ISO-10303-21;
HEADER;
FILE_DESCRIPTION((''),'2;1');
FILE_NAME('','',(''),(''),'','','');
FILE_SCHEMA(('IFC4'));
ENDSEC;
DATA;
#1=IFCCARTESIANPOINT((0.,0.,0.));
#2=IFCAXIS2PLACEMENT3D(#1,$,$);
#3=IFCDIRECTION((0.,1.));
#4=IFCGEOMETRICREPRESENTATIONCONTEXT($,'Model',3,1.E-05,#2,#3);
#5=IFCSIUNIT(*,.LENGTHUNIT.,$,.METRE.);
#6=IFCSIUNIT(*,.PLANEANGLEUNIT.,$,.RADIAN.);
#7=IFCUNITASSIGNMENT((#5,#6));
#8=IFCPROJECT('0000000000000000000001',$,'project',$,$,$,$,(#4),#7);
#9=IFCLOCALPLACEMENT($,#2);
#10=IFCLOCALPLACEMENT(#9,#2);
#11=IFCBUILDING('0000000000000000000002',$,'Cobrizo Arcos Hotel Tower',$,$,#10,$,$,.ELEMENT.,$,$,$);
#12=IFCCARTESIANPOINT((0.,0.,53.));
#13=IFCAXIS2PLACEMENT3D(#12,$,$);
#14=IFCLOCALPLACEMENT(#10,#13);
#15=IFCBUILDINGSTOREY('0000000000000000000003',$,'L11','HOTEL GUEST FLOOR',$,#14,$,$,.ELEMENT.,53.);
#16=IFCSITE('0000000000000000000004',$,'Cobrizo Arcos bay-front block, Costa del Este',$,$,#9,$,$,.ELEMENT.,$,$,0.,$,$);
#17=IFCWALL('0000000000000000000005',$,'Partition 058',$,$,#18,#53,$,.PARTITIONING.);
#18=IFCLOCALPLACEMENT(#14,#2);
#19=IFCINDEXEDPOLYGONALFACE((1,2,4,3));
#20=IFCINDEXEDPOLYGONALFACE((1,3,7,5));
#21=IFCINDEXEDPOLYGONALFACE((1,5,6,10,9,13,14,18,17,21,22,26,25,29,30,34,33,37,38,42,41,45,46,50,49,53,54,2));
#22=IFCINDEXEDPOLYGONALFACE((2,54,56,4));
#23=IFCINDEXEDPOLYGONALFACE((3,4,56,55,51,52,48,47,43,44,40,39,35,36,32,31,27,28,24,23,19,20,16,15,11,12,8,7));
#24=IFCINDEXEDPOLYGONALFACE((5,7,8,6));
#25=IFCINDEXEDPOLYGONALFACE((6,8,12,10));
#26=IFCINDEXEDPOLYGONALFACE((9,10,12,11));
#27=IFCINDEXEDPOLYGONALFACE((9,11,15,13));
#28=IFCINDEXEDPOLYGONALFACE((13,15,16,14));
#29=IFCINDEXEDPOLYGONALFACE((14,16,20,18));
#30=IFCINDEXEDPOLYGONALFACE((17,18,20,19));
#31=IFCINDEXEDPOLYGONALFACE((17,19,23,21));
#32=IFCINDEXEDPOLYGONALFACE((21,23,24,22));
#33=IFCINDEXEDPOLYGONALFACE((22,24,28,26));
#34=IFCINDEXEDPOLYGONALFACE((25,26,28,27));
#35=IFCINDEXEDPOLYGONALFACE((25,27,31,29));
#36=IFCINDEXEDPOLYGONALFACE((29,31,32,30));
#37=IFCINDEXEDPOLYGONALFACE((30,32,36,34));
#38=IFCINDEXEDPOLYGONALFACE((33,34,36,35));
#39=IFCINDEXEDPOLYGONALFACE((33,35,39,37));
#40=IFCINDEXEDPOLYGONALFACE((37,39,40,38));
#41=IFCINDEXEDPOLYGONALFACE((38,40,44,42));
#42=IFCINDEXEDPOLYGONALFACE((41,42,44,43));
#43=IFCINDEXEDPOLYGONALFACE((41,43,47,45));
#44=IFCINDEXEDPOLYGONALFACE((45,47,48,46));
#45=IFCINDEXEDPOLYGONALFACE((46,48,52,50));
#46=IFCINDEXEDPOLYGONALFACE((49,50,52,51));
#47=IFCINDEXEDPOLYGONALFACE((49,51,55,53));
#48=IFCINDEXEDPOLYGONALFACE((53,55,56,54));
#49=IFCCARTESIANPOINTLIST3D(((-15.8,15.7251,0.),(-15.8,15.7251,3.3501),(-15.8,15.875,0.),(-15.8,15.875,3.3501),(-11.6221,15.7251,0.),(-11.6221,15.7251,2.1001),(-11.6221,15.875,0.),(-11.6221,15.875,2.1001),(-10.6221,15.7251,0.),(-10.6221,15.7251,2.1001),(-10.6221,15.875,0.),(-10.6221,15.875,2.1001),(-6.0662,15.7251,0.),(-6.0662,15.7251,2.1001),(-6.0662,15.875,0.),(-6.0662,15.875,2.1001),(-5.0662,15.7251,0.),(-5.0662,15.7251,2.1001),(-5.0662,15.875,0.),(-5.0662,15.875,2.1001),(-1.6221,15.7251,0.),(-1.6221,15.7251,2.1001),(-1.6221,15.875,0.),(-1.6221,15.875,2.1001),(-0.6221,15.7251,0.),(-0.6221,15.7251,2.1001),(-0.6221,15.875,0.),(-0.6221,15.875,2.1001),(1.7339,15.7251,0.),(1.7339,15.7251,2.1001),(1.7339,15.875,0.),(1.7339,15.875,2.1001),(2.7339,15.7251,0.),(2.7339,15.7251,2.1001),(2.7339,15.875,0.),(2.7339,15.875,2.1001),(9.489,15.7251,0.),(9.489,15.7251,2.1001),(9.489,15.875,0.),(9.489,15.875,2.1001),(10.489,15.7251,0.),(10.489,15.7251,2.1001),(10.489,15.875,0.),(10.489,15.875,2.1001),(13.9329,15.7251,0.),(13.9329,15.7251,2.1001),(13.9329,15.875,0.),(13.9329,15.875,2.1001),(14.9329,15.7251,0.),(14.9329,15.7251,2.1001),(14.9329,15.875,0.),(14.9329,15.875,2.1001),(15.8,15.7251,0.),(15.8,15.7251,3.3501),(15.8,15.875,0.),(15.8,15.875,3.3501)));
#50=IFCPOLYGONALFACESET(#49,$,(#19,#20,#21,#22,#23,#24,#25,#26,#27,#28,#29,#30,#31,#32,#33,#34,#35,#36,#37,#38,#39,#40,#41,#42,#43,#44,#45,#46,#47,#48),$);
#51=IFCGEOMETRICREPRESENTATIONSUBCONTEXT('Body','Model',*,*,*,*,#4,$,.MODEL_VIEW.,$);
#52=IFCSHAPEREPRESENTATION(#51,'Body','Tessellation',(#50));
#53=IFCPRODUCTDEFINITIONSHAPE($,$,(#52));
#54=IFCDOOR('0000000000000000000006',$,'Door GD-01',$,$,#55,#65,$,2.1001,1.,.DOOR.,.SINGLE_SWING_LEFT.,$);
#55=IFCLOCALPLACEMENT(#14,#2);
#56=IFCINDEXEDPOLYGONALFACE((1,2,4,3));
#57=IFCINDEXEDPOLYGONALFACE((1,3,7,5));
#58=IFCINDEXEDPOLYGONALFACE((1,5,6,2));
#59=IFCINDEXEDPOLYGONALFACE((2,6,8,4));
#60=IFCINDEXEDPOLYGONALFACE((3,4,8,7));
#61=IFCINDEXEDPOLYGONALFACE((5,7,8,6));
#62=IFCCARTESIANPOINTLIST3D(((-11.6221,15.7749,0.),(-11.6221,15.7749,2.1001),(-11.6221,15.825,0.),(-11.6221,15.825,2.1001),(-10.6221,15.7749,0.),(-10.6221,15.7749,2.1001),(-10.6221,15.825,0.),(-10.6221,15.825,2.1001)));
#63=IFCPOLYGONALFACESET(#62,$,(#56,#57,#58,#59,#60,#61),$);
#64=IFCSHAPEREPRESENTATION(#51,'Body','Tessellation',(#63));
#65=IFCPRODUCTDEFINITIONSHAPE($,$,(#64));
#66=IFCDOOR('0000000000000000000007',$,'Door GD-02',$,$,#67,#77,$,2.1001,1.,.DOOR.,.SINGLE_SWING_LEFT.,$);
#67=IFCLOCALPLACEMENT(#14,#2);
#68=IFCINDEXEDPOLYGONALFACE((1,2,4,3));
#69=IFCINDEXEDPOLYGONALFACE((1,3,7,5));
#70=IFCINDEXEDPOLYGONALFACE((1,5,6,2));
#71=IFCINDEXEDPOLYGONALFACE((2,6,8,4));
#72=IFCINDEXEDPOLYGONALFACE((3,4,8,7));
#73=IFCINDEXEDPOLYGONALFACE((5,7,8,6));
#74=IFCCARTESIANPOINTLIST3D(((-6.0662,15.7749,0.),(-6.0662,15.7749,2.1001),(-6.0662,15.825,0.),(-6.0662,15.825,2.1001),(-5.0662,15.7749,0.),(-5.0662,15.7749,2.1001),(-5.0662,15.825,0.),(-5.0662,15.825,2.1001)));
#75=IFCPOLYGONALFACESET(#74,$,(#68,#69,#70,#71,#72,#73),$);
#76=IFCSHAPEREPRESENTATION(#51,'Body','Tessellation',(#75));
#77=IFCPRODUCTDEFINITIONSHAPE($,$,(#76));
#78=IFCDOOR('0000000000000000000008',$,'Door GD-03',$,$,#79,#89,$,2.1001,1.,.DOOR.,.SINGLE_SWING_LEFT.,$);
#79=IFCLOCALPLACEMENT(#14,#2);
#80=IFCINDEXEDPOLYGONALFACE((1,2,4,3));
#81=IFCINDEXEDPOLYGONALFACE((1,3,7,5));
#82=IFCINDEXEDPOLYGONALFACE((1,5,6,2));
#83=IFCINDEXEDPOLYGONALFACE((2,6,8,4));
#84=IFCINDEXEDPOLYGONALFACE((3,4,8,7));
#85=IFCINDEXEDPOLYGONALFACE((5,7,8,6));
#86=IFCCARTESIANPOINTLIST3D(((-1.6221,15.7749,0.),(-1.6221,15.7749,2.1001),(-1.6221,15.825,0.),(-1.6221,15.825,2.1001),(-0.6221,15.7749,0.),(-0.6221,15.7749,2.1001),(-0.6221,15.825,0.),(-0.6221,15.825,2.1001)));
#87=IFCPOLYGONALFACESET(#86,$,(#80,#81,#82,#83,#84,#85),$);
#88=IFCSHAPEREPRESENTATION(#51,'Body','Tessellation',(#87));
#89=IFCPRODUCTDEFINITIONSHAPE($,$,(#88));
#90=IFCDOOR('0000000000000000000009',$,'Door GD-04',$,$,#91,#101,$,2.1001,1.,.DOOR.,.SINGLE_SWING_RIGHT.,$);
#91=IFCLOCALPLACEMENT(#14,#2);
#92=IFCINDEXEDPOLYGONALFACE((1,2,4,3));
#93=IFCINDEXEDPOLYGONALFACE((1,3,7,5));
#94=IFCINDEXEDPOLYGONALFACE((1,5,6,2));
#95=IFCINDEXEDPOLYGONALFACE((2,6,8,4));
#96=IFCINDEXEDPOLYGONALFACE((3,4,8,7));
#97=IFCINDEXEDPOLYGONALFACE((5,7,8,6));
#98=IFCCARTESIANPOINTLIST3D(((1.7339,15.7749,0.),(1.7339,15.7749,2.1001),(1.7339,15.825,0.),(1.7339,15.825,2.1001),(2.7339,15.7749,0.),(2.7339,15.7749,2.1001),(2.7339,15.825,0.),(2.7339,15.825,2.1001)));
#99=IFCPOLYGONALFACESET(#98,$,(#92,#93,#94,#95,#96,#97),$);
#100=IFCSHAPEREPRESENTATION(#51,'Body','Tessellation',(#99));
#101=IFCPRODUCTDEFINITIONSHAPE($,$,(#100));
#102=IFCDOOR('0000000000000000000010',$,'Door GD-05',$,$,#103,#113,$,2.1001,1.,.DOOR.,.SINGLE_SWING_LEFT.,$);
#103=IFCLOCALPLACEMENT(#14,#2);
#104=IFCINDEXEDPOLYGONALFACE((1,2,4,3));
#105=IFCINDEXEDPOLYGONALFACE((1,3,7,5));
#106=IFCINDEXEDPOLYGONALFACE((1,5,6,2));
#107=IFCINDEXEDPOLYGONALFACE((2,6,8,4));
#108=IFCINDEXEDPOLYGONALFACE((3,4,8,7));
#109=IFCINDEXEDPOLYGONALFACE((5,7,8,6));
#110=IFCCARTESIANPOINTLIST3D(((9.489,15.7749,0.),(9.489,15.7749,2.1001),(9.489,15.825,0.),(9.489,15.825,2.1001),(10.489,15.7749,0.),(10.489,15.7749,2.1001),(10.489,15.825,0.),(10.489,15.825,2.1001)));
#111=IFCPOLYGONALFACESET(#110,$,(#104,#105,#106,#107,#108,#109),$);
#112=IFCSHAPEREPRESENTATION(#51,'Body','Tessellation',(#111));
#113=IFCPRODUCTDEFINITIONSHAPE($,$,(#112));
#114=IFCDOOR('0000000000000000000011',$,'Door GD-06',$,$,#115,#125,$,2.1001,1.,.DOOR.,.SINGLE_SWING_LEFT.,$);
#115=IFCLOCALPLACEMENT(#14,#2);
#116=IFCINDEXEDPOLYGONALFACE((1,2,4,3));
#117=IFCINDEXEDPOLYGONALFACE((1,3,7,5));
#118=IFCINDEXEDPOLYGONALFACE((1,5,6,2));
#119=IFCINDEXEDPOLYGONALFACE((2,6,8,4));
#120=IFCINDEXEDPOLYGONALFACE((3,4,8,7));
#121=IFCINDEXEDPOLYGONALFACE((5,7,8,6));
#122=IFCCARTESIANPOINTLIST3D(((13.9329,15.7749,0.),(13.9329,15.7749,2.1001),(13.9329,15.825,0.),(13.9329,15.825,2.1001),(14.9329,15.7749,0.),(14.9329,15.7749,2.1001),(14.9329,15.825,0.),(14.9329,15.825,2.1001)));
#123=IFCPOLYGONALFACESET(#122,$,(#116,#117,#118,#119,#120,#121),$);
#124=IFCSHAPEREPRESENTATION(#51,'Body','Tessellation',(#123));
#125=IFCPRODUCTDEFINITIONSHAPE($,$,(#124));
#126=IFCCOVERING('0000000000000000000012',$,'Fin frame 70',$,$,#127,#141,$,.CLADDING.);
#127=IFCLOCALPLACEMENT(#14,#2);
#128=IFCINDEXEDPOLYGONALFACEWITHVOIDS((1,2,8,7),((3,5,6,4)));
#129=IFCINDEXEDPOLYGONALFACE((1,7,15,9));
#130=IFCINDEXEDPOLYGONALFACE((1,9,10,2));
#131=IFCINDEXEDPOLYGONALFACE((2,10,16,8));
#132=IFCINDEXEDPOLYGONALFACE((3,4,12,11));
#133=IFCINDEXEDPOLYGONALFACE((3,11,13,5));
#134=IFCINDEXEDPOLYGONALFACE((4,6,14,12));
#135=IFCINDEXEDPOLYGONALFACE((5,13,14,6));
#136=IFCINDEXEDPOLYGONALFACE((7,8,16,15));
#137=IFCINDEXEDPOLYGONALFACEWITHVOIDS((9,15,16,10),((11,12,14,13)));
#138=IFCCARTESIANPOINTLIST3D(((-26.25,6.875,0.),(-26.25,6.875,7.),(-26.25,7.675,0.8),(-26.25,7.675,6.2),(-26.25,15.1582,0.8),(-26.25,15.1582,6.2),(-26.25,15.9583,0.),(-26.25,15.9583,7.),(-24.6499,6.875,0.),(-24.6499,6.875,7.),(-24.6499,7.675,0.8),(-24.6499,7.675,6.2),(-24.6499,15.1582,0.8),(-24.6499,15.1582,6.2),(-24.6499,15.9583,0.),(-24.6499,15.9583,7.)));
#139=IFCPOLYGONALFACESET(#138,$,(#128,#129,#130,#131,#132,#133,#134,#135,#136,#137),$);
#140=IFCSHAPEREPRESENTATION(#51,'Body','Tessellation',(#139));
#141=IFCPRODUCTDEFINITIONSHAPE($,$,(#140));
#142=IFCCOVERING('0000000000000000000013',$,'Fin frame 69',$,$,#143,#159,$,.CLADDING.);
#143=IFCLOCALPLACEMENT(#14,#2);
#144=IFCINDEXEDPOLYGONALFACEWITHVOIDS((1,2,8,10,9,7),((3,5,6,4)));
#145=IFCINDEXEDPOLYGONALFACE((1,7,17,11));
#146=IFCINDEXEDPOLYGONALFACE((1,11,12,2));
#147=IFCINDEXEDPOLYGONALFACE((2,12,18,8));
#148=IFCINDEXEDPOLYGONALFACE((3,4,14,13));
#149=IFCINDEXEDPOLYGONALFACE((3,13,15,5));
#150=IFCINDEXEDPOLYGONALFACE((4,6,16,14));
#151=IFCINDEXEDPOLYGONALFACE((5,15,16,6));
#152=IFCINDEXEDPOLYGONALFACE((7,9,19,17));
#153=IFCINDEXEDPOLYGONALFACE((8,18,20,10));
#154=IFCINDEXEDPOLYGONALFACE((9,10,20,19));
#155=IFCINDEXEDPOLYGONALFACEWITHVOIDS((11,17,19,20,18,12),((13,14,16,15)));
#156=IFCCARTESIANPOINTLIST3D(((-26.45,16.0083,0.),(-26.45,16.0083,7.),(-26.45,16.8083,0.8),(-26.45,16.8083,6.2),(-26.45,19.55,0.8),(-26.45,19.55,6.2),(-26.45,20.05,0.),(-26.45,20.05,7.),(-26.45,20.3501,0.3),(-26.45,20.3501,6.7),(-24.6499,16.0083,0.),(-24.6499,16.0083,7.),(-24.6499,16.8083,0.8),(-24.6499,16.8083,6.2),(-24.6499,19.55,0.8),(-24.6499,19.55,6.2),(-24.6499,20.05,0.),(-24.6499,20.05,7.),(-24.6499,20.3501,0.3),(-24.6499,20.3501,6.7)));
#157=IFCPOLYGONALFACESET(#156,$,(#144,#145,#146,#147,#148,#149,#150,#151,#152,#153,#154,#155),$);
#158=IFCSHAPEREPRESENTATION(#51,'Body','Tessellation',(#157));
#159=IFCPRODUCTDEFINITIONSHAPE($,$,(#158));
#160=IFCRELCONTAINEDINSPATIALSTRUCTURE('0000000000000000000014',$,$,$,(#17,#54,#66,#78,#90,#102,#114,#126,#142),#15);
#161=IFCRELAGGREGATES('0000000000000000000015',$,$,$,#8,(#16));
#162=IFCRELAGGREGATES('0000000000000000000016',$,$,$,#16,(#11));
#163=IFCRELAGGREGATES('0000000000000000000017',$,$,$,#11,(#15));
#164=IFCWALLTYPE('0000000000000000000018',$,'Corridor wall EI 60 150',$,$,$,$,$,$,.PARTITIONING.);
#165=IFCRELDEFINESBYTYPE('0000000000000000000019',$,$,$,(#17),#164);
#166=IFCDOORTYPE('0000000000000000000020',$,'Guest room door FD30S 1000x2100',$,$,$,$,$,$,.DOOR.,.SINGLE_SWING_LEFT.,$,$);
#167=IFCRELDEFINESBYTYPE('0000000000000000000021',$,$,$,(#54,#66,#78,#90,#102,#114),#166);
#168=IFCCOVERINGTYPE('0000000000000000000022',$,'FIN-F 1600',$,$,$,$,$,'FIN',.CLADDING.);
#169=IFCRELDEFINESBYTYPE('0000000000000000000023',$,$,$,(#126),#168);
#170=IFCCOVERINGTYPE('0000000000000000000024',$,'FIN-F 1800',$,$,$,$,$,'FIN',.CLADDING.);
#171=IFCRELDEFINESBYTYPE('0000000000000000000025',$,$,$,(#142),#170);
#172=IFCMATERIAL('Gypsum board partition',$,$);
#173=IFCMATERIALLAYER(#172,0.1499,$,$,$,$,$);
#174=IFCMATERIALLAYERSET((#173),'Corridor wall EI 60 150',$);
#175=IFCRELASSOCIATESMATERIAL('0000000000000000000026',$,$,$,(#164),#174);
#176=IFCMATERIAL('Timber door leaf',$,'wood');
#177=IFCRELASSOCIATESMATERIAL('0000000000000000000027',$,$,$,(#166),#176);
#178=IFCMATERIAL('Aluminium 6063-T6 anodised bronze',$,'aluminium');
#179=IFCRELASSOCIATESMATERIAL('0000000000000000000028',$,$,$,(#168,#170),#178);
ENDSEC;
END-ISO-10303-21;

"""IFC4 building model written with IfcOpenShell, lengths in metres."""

from ifc_helpers import new_model, si_unit, direction, frame, frame_2d, origin, place, context, subcontext, project, spatial, polyline, rectangle, outline, extrude, material, layer, layer_set, type_object, element, fill, save


model = new_model("IFC4")

# Units and contexts
model_context = context("Model", 3, precision=1e-05, world=origin(), true_north=direction((0.0, 1.0)))
body_context = subcontext(model_context, "Body", "Model", "MODEL_VIEW")
ifc_project = project(units=[si_unit("LENGTHUNIT", "METRE"), si_unit("PLANEANGLEUNIT", "RADIAN")], contexts=[model_context])

# Site, building, storey
site_placement = place(None, origin())
site = spatial("IfcSite", under=ifc_project, at=site_placement, Name="Cobrizo Arcos bay-front block, Costa del Este", CompositionType="ELEMENT", RefElevation=0.0)
building_placement = place(site_placement, origin())
building = spatial("IfcBuilding", under=site, at=building_placement, Name="Cobrizo Arcos Hotel Tower", CompositionType="ELEMENT")
storey_placement = place(building_placement, frame((0.0, 0.0, 53.0)))
storey = spatial("IfcBuildingStorey", under=building, at=storey_placement, Name="L11", Description="HOTEL GUEST FLOOR", CompositionType="ELEMENT", Elevation=53.0)

# Shared definitions
ifc_material_1 = material(Name="Aluminium 6063-T6 anodised bronze", Category="aluminium")

# Wall, openings, doors
ifc_material_2 = material(Name="Gypsum board partition")
ifc_layer_1 = layer(ifc_material_2, 0.1499)
ifc_layer_set_1 = layer_set([ifc_layer_1], Name="Corridor wall EI 60 150")
wall_type = type_object("IfcWallType", Name="Corridor wall EI 60 150", PredefinedType="PARTITIONING", material=ifc_layer_set_1)
wall_placement = place(storey_placement, frame((-15.8, 15.8, 0.0), z_axis=(0.0, 0.0, 1.0), x_axis=(1.0, 0.0, 0.0)))
wall = element("IfcWall", 1, at=wall_placement, inside=storey, type_object=wall_type, Name="Partition 058", PredefinedType="PARTITIONING", context=body_context, shape_type="SweptSolid", body=[
    extrude(rectangle(XDim=31.6001, YDim=0.1499, at=frame_2d((15.8, 0.0))), origin(), (0.0, 0.0, 1.0), 3.3501),
])
opening_1_placement = place(wall_placement, frame((4.178, 0.0, 0.0)))
opening_1 = element("IfcOpeningElement", 2, at=opening_1_placement, cuts=wall, PredefinedType="OPENING", context=body_context, shape_type="SweptSolid", body=[
    extrude(rectangle(XDim=1.0, YDim=2.1001, at=frame_2d((0.5, 1.05))), frame((0.0, 0.0869, 0.0), z_axis=(0.0, -1.0, 0.0), x_axis=(1.0, 0.0, 0.0)), (0.0, 0.0, 1.0), 0.1738),
])
opening_2_placement = place(wall_placement, frame((9.7339, 0.0, 0.0)))
opening_2 = element("IfcOpeningElement", 3, at=opening_2_placement, cuts=wall, PredefinedType="OPENING", context=body_context, shape_type="SweptSolid", body=[
    extrude(rectangle(XDim=1.0, YDim=2.1001, at=frame_2d((0.5, 1.05))), frame((0.0, 0.0869, 0.0), z_axis=(0.0, -1.0, 0.0), x_axis=(1.0, 0.0, 0.0)), (0.0, 0.0, 1.0), 0.1738),
])
opening_3_placement = place(wall_placement, frame((14.178, 0.0, 0.0)))
opening_3 = element("IfcOpeningElement", 4, at=opening_3_placement, cuts=wall, PredefinedType="OPENING", context=body_context, shape_type="SweptSolid", body=[
    extrude(rectangle(XDim=1.0, YDim=2.1001, at=frame_2d((0.5, 1.05))), frame((0.0, 0.0869, 0.0), z_axis=(0.0, -1.0, 0.0), x_axis=(1.0, 0.0, 0.0)), (0.0, 0.0, 1.0), 0.1738),
])
opening_4_placement = place(wall_placement, frame((17.5339, 0.0, 0.0)))
opening_4 = element("IfcOpeningElement", 5, at=opening_4_placement, cuts=wall, PredefinedType="OPENING", context=body_context, shape_type="SweptSolid", body=[
    extrude(rectangle(XDim=1.0, YDim=2.1001, at=frame_2d((0.5, 1.05))), frame((0.0, 0.0869, 0.0), z_axis=(0.0, -1.0, 0.0), x_axis=(1.0, 0.0, 0.0)), (0.0, 0.0, 1.0), 0.1738),
])
opening_5_placement = place(wall_placement, frame((25.2891, 0.0, 0.0)))
opening_5 = element("IfcOpeningElement", 6, at=opening_5_placement, cuts=wall, PredefinedType="OPENING", context=body_context, shape_type="SweptSolid", body=[
    extrude(rectangle(XDim=1.0, YDim=2.1001, at=frame_2d((0.5, 1.05))), frame((0.0, 0.0869, 0.0), z_axis=(0.0, -1.0, 0.0), x_axis=(1.0, 0.0, 0.0)), (0.0, 0.0, 1.0), 0.1738),
])
opening_6_placement = place(wall_placement, frame((29.7329, 0.0, 0.0)))
opening_6 = element("IfcOpeningElement", 7, at=opening_6_placement, cuts=wall, PredefinedType="OPENING", context=body_context, shape_type="SweptSolid", body=[
    extrude(rectangle(XDim=1.0, YDim=2.1001, at=frame_2d((0.5, 1.05))), frame((0.0, 0.0869, 0.0), z_axis=(0.0, -1.0, 0.0), x_axis=(1.0, 0.0, 0.0)), (0.0, 0.0, 1.0), 0.1738),
])
ifc_material_3 = material(Name="Timber door leaf", Category="wood")
door_type = type_object("IfcDoorType", Name="Guest room door FD30S 1000x2100", OperationType="SINGLE_SWING_LEFT", PredefinedType="DOOR", material=ifc_material_3)
door_1_placement = place(opening_1_placement, origin())
door_1 = element("IfcDoor", 8, at=door_1_placement, inside=storey, type_object=door_type, Name="Door GD-01", OperationType="SINGLE_SWING_LEFT", OverallHeight=2.1001, OverallWidth=1.0, PredefinedType="DOOR", context=body_context, shape_type="SweptSolid", body=[
    extrude(rectangle(XDim=1.0, YDim=2.1001, at=frame_2d((0.5, 1.05))), frame((0.0, 0.0249, 0.0), z_axis=(0.0, -1.0, 0.0), x_axis=(1.0, 0.0, 0.0)), (0.0, 0.0, 1.0), 0.05),
])
fill(opening_1, door_1)
door_2_placement = place(opening_2_placement, origin())
door_2 = element("IfcDoor", 9, at=door_2_placement, inside=storey, type_object=door_type, Name="Door GD-02", OperationType="SINGLE_SWING_LEFT", OverallHeight=2.1001, OverallWidth=1.0, PredefinedType="DOOR", context=body_context, shape_type="SweptSolid", body=[
    extrude(rectangle(XDim=1.0, YDim=2.1001, at=frame_2d((0.5, 1.05))), frame((0.0, 0.0249, 0.0), z_axis=(0.0, -1.0, 0.0), x_axis=(1.0, 0.0, 0.0)), (0.0, 0.0, 1.0), 0.05),
])
fill(opening_2, door_2)
door_3_placement = place(opening_3_placement, origin())
door_3 = element("IfcDoor", 10, at=door_3_placement, inside=storey, type_object=door_type, Name="Door GD-03", OperationType="SINGLE_SWING_LEFT", OverallHeight=2.1001, OverallWidth=1.0, PredefinedType="DOOR", context=body_context, shape_type="SweptSolid", body=[
    extrude(rectangle(XDim=1.0, YDim=2.1001, at=frame_2d((0.5, 1.05))), frame((0.0, 0.0249, 0.0), z_axis=(0.0, -1.0, 0.0), x_axis=(1.0, 0.0, 0.0)), (0.0, 0.0, 1.0), 0.05),
])
fill(opening_3, door_3)
door_4_placement = place(opening_4_placement, origin())
door_4 = element("IfcDoor", 11, at=door_4_placement, inside=storey, type_object=door_type, Name="Door GD-04", OperationType="SINGLE_SWING_RIGHT", OverallHeight=2.1001, OverallWidth=1.0, PredefinedType="DOOR", context=body_context, shape_type="SweptSolid", body=[
    extrude(rectangle(XDim=1.0, YDim=2.1001, at=frame_2d((0.5, 1.05))), frame((0.0, 0.0249, 0.0), z_axis=(0.0, -1.0, 0.0), x_axis=(1.0, 0.0, 0.0)), (0.0, 0.0, 1.0), 0.05),
])
fill(opening_4, door_4)
door_5_placement = place(opening_5_placement, origin())
door_5 = element("IfcDoor", 12, at=door_5_placement, inside=storey, type_object=door_type, Name="Door GD-05", OperationType="SINGLE_SWING_LEFT", OverallHeight=2.1001, OverallWidth=1.0, PredefinedType="DOOR", context=body_context, shape_type="SweptSolid", body=[
    extrude(rectangle(XDim=1.0, YDim=2.1001, at=frame_2d((0.5, 1.05))), frame((0.0, 0.0249, 0.0), z_axis=(0.0, -1.0, 0.0), x_axis=(1.0, 0.0, 0.0)), (0.0, 0.0, 1.0), 0.05),
])
fill(opening_5, door_5)
door_6_placement = place(opening_6_placement, origin())
door_6 = element("IfcDoor", 13, at=door_6_placement, inside=storey, type_object=door_type, Name="Door GD-06", OperationType="SINGLE_SWING_LEFT", OverallHeight=2.1001, OverallWidth=1.0, PredefinedType="DOOR", context=body_context, shape_type="SweptSolid", body=[
    extrude(rectangle(XDim=1.0, YDim=2.1001, at=frame_2d((0.5, 1.05))), frame((0.0, 0.0249, 0.0), z_axis=(0.0, -1.0, 0.0), x_axis=(1.0, 0.0, 0.0)), (0.0, 0.0, 1.0), 0.05),
])
fill(opening_6, door_6)

# Coverings
covering_type_1 = type_object("IfcCoveringType", Name="FIN-F 1600", ElementType="FIN", PredefinedType="CLADDING", material=ifc_material_1)
covering_1_placement = place(storey_placement, frame((-24.6499, 15.9583, 0.0), z_axis=(-1.0, 0.0, 0.0), x_axis=(0.0, -1.0, 0.0)))
element("IfcCovering", 14, at=covering_1_placement, inside=storey, type_object=covering_type_1, Name="Fin frame 70", PredefinedType="CLADDING", context=body_context, shape_type="SweptSolid", body=[
    extrude(outline(polyline([(0.0, 7.0), (0.0, 0.0), (9.0833, 0.0), (9.0833, 7.0), (0.0, 7.0)]), holes=[polyline([(8.2832, 0.8), (0.8, 0.8), (0.8, 6.2), (8.2832, 6.2), (8.2832, 0.8)])]), origin(), (0.0, 0.0, 1.0), 1.6001),
])
covering_type_2 = type_object("IfcCoveringType", Name="FIN-F 1800", ElementType="FIN", PredefinedType="CLADDING", material=ifc_material_1)
covering_2_placement = place(storey_placement, frame((-24.6499, 20.3501, 0.0), z_axis=(-1.0, 0.0, 0.0), x_axis=(0.0, -1.0, 0.0)))
element("IfcCovering", 15, at=covering_2_placement, inside=storey, type_object=covering_type_2, Name="Fin frame 69", PredefinedType="CLADDING", context=body_context, shape_type="SweptSolid", body=[
    extrude(outline(polyline([(0.0, 0.3), (0.3, 0.0), (4.3418, 0.0), (4.3418, 7.0), (0.3, 7.0), (0.0, 6.7), (0.0, 0.3)]), holes=[polyline([(3.5417, 0.8), (0.8, 0.8), (0.8, 6.2), (3.5417, 6.2), (3.5417, 0.8)])]), origin(), (0.0, 0.0, 1.0), 1.8),
])

save(model, "model.ifc")
